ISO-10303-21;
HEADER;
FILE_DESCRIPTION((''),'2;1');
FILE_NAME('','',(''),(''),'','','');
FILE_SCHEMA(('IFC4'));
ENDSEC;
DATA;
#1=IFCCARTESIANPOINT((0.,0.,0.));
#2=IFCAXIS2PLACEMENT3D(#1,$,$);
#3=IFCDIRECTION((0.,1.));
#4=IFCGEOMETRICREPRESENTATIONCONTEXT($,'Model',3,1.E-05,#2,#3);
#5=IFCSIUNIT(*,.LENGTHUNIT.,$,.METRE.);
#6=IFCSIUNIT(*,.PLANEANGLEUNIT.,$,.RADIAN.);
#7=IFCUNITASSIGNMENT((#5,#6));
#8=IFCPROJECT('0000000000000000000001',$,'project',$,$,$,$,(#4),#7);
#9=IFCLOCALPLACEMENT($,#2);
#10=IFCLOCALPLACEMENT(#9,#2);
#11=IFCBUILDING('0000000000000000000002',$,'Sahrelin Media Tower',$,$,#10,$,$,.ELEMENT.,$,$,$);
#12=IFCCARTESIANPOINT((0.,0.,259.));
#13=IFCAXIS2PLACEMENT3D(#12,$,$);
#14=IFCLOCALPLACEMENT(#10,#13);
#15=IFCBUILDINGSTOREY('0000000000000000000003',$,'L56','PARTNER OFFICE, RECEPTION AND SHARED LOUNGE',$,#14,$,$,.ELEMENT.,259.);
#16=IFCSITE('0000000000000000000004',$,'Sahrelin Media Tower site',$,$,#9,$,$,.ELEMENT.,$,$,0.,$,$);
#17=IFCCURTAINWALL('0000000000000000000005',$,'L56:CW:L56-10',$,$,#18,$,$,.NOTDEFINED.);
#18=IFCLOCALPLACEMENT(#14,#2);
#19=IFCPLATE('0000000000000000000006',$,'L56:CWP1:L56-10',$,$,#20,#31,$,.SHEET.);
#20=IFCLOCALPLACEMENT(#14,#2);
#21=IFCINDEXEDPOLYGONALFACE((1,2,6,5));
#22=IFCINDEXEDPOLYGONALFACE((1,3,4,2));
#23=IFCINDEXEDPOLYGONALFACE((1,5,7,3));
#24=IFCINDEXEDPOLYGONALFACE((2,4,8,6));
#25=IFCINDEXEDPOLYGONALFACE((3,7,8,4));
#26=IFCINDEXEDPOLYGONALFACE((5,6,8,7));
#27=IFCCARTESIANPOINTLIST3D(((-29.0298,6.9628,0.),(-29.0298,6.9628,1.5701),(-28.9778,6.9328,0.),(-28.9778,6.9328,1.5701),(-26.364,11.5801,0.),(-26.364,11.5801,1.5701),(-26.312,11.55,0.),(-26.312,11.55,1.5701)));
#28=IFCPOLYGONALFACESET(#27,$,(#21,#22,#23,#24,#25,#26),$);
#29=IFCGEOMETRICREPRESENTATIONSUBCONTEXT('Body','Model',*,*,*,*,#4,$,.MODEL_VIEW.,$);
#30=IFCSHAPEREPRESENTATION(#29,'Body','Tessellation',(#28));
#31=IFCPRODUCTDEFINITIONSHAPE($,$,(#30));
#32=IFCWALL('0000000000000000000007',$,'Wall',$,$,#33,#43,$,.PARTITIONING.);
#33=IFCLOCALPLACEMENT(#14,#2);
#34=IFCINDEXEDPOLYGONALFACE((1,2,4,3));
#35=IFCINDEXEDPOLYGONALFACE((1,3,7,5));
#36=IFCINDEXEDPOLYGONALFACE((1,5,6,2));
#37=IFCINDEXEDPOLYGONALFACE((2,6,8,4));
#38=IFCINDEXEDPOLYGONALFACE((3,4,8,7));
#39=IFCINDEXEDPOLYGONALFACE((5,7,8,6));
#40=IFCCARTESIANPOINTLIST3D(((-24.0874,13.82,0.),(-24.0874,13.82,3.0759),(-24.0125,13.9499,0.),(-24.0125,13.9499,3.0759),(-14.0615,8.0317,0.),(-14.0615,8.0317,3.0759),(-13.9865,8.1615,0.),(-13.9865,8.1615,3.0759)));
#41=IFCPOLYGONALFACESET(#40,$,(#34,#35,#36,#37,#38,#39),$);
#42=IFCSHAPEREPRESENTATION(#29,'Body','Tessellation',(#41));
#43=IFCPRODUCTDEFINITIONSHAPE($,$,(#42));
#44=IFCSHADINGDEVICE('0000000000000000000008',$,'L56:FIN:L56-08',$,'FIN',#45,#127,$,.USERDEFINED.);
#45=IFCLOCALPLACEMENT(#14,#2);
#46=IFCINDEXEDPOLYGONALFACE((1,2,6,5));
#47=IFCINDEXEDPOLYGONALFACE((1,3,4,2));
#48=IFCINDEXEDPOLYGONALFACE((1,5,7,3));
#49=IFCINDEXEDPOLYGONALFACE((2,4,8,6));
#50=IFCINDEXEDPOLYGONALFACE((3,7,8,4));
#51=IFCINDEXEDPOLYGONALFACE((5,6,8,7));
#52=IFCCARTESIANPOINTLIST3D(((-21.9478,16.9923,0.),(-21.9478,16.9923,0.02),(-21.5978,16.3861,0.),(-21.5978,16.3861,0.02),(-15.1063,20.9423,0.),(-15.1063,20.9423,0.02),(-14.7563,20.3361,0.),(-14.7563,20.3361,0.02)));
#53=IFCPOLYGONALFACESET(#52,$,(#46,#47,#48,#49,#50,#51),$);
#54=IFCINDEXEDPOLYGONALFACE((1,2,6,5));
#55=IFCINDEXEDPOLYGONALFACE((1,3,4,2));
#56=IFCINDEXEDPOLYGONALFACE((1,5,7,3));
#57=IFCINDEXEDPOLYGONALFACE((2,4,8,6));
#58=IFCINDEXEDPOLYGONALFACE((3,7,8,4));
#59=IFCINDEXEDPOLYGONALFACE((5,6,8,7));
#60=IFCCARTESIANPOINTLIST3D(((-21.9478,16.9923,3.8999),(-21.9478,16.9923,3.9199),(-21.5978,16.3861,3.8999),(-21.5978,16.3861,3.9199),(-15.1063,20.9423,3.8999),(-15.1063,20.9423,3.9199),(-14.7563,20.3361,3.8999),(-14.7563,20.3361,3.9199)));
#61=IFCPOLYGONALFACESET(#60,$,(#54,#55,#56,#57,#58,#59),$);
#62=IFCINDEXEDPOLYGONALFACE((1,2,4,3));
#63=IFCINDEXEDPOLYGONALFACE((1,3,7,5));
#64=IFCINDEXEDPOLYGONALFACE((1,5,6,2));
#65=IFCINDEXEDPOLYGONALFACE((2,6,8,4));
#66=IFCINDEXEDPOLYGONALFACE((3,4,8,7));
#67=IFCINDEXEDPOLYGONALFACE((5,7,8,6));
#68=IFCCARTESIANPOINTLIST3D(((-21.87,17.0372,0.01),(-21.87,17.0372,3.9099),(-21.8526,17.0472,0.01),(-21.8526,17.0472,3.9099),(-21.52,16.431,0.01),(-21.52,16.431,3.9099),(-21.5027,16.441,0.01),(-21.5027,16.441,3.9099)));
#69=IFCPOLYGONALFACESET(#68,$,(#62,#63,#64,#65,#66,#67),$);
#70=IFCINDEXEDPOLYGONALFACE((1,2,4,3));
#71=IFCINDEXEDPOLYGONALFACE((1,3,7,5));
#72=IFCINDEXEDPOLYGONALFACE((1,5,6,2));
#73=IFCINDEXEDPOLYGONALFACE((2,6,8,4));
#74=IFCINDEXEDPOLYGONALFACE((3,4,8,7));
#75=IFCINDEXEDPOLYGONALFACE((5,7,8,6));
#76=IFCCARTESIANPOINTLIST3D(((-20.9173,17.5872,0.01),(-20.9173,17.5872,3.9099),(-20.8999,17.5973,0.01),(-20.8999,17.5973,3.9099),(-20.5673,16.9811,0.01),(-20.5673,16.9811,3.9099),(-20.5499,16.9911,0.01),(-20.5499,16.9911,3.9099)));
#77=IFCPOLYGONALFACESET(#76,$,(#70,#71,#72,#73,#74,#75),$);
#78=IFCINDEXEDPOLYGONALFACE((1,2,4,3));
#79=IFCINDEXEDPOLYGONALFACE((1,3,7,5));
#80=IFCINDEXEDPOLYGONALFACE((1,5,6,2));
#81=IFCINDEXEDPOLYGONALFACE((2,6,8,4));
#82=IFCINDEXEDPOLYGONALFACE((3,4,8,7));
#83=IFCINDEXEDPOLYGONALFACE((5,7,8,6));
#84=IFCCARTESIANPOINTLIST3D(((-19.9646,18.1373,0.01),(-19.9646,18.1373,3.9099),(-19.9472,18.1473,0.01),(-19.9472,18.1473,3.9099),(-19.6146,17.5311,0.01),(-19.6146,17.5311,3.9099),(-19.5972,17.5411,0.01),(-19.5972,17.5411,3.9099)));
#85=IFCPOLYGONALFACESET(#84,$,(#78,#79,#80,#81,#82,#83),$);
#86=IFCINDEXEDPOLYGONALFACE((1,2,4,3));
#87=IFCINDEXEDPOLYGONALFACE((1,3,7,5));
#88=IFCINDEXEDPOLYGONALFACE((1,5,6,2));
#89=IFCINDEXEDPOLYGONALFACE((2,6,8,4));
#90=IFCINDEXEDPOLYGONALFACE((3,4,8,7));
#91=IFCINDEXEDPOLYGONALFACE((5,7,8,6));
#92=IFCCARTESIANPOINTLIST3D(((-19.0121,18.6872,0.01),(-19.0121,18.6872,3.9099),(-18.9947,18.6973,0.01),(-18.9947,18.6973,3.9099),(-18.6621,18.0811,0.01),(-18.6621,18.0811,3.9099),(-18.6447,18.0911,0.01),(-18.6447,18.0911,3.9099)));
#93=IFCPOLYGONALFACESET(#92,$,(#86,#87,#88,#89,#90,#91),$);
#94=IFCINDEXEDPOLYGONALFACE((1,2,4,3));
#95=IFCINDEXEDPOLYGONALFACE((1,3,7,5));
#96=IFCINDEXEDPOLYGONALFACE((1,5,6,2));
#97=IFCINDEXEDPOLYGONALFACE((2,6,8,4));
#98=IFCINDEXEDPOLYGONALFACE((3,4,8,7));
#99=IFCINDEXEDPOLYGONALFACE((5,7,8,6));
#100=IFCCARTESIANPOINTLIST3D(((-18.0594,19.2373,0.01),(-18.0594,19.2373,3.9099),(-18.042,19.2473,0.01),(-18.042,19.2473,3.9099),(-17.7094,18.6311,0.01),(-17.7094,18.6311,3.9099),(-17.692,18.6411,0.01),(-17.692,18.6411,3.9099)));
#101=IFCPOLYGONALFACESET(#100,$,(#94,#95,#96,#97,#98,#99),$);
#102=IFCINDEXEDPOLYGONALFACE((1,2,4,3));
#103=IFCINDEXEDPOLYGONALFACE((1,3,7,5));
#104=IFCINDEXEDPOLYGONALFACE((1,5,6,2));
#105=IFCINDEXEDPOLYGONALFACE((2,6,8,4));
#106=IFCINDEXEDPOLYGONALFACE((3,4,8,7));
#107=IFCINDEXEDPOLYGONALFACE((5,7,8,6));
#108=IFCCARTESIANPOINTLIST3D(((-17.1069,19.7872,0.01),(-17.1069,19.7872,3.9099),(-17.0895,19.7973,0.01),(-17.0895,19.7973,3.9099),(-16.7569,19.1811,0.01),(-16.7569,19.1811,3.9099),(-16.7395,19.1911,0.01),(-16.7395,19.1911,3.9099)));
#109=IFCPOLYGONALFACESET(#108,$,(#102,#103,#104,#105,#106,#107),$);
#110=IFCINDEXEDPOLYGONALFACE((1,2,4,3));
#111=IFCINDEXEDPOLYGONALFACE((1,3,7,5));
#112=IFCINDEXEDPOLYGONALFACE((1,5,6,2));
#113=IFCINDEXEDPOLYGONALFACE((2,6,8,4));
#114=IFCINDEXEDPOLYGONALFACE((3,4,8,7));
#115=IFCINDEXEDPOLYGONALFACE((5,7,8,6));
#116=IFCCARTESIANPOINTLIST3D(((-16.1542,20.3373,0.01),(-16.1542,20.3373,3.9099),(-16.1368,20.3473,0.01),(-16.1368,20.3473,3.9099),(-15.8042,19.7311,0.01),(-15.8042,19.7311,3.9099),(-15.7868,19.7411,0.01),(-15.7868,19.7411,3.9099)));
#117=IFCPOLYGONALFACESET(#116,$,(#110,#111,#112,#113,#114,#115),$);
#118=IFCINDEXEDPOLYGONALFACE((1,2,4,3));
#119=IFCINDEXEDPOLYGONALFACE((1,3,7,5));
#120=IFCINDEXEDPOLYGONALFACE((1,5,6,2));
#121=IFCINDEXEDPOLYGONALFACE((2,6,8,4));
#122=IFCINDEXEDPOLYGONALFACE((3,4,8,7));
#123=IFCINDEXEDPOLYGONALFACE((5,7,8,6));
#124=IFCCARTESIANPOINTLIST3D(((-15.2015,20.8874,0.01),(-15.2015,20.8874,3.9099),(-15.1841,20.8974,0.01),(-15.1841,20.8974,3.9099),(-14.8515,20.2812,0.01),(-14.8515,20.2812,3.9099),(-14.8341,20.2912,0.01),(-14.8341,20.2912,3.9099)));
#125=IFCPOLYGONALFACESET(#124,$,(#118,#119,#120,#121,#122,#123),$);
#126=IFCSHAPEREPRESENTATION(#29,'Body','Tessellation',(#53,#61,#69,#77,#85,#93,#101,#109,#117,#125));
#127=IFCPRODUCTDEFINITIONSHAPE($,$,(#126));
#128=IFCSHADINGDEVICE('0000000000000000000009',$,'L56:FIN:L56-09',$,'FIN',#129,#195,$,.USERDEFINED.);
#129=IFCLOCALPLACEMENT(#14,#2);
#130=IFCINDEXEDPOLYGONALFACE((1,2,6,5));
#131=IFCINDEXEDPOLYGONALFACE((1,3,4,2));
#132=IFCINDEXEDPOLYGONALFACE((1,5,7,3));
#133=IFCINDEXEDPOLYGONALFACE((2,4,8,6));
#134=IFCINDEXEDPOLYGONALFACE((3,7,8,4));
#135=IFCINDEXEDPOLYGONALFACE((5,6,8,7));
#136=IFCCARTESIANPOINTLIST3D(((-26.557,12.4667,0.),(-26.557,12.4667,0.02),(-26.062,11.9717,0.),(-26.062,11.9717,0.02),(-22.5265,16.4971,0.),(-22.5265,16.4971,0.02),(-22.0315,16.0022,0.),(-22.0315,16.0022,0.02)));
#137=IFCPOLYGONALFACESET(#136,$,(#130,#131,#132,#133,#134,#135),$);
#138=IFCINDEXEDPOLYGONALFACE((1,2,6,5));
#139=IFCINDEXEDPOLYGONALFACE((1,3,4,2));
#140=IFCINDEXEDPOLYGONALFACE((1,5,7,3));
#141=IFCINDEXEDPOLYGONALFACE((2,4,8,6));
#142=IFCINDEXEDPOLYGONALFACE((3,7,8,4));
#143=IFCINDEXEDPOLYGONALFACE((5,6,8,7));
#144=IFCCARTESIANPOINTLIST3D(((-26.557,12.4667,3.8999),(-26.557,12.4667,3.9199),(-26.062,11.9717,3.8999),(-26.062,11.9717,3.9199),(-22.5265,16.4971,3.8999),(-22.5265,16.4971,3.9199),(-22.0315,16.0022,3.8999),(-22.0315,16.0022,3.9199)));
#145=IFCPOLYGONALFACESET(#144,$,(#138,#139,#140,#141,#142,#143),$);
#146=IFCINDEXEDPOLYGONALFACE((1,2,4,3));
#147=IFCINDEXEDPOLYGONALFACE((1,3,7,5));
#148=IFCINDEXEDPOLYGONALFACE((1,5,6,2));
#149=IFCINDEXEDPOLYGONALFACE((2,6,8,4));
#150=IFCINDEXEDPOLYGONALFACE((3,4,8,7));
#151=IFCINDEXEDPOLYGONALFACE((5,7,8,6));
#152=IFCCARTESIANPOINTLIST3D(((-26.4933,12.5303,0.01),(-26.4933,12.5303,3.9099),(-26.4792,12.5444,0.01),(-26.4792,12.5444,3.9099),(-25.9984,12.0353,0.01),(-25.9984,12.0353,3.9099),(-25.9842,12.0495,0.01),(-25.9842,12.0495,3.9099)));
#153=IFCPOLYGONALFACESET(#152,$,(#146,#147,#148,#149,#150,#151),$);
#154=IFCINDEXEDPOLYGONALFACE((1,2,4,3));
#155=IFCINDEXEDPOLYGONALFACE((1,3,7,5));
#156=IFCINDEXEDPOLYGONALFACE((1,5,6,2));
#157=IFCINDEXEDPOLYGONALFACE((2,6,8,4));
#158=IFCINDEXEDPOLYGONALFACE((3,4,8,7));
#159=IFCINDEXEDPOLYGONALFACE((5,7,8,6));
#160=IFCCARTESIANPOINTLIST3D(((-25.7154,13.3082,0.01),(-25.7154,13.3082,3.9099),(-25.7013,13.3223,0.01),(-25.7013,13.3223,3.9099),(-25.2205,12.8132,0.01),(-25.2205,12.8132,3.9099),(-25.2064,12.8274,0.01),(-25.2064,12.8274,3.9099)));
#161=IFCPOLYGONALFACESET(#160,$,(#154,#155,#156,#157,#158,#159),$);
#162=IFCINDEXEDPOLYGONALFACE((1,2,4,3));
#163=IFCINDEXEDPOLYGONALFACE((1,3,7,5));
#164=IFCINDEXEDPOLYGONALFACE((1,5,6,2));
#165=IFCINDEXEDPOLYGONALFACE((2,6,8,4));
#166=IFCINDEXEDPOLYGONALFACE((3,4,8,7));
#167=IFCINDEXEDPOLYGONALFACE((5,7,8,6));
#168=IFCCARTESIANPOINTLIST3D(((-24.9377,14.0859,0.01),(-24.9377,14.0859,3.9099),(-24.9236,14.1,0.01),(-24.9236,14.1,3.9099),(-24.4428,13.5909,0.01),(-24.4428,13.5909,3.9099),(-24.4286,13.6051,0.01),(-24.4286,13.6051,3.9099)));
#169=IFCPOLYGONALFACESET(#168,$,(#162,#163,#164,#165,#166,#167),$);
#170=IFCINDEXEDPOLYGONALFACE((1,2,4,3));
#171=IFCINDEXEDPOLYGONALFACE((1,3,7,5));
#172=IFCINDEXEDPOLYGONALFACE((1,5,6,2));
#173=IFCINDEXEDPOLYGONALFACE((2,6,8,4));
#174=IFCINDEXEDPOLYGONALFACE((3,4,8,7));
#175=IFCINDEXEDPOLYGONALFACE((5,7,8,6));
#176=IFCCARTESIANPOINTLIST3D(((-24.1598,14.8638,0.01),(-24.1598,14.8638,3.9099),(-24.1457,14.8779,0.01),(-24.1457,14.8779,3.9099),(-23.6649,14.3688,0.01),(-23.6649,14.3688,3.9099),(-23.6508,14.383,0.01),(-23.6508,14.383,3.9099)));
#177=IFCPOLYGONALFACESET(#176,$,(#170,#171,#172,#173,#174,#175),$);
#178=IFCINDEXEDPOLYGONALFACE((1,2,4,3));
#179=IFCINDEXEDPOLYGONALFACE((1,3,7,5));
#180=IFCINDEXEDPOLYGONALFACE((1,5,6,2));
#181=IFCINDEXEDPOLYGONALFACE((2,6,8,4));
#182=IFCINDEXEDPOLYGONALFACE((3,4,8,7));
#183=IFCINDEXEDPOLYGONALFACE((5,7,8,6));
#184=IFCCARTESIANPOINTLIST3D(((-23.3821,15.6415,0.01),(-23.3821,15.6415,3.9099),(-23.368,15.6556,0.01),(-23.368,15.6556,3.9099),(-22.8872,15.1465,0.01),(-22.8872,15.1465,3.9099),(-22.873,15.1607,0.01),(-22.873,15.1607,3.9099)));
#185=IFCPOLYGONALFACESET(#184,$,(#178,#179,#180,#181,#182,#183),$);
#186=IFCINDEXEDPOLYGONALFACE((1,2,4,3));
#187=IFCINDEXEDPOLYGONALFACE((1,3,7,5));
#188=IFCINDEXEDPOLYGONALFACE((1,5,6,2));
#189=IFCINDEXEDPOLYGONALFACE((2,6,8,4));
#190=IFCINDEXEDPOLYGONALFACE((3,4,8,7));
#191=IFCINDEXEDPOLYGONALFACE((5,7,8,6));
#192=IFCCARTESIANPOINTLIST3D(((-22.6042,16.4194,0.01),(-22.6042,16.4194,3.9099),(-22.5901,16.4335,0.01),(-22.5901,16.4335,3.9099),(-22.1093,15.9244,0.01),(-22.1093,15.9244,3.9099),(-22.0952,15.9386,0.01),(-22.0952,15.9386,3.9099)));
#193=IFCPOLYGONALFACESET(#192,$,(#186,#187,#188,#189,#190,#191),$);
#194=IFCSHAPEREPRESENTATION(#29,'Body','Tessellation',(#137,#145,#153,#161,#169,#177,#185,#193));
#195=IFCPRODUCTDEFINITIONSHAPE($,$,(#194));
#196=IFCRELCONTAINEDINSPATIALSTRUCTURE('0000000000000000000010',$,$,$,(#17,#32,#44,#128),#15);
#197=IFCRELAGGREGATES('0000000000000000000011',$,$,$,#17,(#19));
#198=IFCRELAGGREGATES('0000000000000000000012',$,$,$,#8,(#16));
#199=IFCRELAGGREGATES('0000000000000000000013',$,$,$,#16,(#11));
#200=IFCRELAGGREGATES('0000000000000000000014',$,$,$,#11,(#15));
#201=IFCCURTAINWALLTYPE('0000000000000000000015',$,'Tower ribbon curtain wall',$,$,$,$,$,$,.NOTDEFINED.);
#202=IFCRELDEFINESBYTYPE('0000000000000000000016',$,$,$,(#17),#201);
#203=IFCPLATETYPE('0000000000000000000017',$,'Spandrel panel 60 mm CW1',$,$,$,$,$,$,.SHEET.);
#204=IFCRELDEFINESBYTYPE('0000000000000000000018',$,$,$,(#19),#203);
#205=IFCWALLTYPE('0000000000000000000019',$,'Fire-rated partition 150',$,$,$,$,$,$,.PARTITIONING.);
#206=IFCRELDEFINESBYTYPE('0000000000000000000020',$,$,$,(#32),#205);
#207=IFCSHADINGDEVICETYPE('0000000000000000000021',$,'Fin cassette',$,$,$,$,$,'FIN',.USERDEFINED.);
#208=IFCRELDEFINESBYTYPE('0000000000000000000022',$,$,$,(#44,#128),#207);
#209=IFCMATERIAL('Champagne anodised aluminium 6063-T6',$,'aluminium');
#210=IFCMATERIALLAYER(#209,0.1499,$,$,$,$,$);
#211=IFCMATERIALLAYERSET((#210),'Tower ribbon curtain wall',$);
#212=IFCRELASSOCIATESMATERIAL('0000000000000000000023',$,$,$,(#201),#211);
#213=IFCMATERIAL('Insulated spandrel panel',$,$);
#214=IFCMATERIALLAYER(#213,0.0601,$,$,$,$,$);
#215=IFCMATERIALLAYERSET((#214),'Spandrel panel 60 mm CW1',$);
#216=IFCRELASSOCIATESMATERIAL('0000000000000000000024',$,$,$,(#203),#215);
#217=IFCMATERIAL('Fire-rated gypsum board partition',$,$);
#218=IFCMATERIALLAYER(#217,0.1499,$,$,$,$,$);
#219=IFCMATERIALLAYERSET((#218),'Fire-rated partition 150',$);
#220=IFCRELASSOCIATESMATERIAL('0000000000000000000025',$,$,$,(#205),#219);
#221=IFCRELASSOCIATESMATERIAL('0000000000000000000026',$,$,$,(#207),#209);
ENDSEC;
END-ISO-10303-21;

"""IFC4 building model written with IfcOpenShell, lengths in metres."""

from ifc_helpers import new_model, si_unit, direction, frame, frame_2d, origin, origin_2d, place, context, subcontext, project, spatial, polyline, rectangle, outline, extrude, material, layer, layer_set, type_object, element, aggregate, save


model = new_model("IFC4")

# Units and contexts
model_context = context("Model", 3, precision=1e-05, world=origin(), true_north=direction((0.0, 1.0)))
body_context = subcontext(model_context, "Body", "Model", "MODEL_VIEW")
ifc_project = project(units=[si_unit("LENGTHUNIT", "METRE"), si_unit("PLANEANGLEUNIT", "RADIAN")], contexts=[model_context])

# Site, building, storey
site_placement = place(None, origin())
site = spatial("IfcSite", under=ifc_project, at=site_placement, Name="Sahrelin Media Tower site", CompositionType="ELEMENT", RefElevation=0.0)
building_placement = place(site_placement, origin())
building = spatial("IfcBuilding", under=site, at=building_placement, Name="Sahrelin Media Tower", CompositionType="ELEMENT")
storey_placement = place(building_placement, frame((0.0, 0.0, 259.0)))
storey = spatial("IfcBuildingStorey", under=building, at=storey_placement, Name="L56", Description="PARTNER OFFICE, RECEPTION AND SHARED LOUNGE", CompositionType="ELEMENT", Elevation=259.0)

# Shared definitions
ifc_material_1 = material(Name="Champagne anodised aluminium 6063-T6", Category="aluminium")
ifc_layer_1 = layer(ifc_material_1, 0.1499)
ifc_layer_set_1 = layer_set([ifc_layer_1], Name="Tower ribbon curtain wall")
curtain_wall_type = type_object("IfcCurtainWallType", Name="Tower ribbon curtain wall", PredefinedType="NOTDEFINED", material=ifc_layer_set_1)

# Curtain wall
curtain_wall_1_placement = place(storey_placement, frame((-27.6797, 9.2615, 0.0), z_axis=(0.0, 0.0, 1.0), x_axis=(1.0, 0.0, 0.0)))
curtain_wall_1 = element("IfcCurtainWall", 1, at=curtain_wall_1_placement, inside=storey, type_object=curtain_wall_type, Name="L56:CW:L56-10", PredefinedType="NOTDEFINED")

# Plate
ifc_material_2 = material(Name="Insulated spandrel panel")
ifc_layer_2 = layer(ifc_material_2, 0.0601)
ifc_layer_set_2 = layer_set([ifc_layer_2], Name="Spandrel panel 60 mm CW1")
plate_type_1 = type_object("IfcPlateType", Name="Spandrel panel 60 mm CW1", PredefinedType="SHEET", material=ifc_layer_set_2)
plate_1_placement = place(storey_placement, frame((-26.364, 11.5801, 0.0), z_axis=(-0.866022, 0.500005, 0.0), x_axis=(-0.500005, -0.866022, 0.0)))
plate_1 = element("IfcPlate", 2, at=plate_1_placement, type_object=plate_type_1, Name="L56:CWP1:L56-10", PredefinedType="SHEET", context=body_context, shape_type="SweptSolid", body=[
    extrude(outline(polyline([(0.0, 0.0), (5.3315, 0.0), (5.3315, 1.5701), (0.0, 1.5701), (0.0, 0.0)])), origin(), (0.0, 0.0, -1.0), 0.0601),
])
aggregate(curtain_wall_1, [plate_1])

# Wall
ifc_material_3 = material(Name="Fire-rated gypsum board partition")
ifc_layer_3 = layer(ifc_material_3, 0.1499)
ifc_layer_set_3 = layer_set([ifc_layer_3], Name="Fire-rated partition 150")
wall_type = type_object("IfcWallType", Name="Fire-rated partition 150", PredefinedType="PARTITIONING", material=ifc_layer_set_3)
wall_placement = place(storey_placement, frame((-24.05, 13.885, 0.0), z_axis=(0.0, 0.0, 1.0), x_axis=(0.86603, -0.499993, 0.0)))
element("IfcWall", 3, at=wall_placement, inside=storey, type_object=wall_type, Name="Wall", PredefinedType="PARTITIONING", context=body_context, shape_type="SweptSolid", body=[
    extrude(rectangle(XDim=11.5769, YDim=0.1499, at=frame_2d((5.7886, 0.0))), origin(), (0.0, 0.0, 1.0), 3.0759),
])

# Shading devices
shading_device_type_1 = type_object("IfcShadingDeviceType", Name="Fin cassette", ElementType="FIN", PredefinedType="USERDEFINED", material=ifc_material_1)
placement_1 = place(storey_placement, frame((-18.1421, 18.3005, 0.0), z_axis=(0.0, 0.0, 1.0), x_axis=(0.866019, 0.500011, 0.0)))
element("IfcShadingDevice", 4, at=placement_1, inside=storey, type_object=shading_device_type_1, Name="L56:FIN:L56-08", ObjectType="FIN", PredefinedType="USERDEFINED", context=body_context, shape_type="SweptSolid", body=[
    extrude(rectangle(XDim=7.8999, YDim=0.7, at=origin_2d()), frame((0.0, 0.4199, 0.0)), (0.0, 0.0, 1.0), 0.02),
    extrude(rectangle(XDim=7.8999, YDim=0.7, at=origin_2d()), frame((0.0, 0.4199, 3.8999)), (0.0, 0.0, 1.0), 0.02),
    extrude(rectangle(XDim=0.02, YDim=0.7, at=origin_2d()), frame((-3.8501, 0.4199, 0.01), z_axis=(0.0, 0.0, 1.0), x_axis=(1.0, 0.0, 0.0)), (0.0, 0.0, 1.0), 3.8999),
    extrude(rectangle(XDim=0.02, YDim=0.7, at=origin_2d()), frame((-2.75, 0.4199, 0.01), z_axis=(0.0, 0.0, 1.0), x_axis=(1.0, 0.0, 0.0)), (0.0, 0.0, 1.0), 3.8999),
    extrude(rectangle(XDim=0.02, YDim=0.7, at=origin_2d()), frame((-1.6499, 0.4199, 0.01), z_axis=(0.0, 0.0, 1.0), x_axis=(1.0, 0.0, 0.0)), (0.0, 0.0, 1.0), 3.8999),
    extrude(rectangle(XDim=0.02, YDim=0.7, at=origin_2d()), frame((-0.55, 0.4199, 0.01), z_axis=(0.0, 0.0, 1.0), x_axis=(1.0, 0.0, 0.0)), (0.0, 0.0, 1.0), 3.8999),
    extrude(rectangle(XDim=0.02, YDim=0.7, at=origin_2d()), frame((0.55, 0.4199, 0.01), z_axis=(0.0, 0.0, 1.0), x_axis=(1.0, 0.0, 0.0)), (0.0, 0.0, 1.0), 3.8999),
    extrude(rectangle(XDim=0.02, YDim=0.7, at=origin_2d()), frame((1.6499, 0.4199, 0.01), z_axis=(0.0, 0.0, 1.0), x_axis=(1.0, 0.0, 0.0)), (0.0, 0.0, 1.0), 3.8999),
    extrude(rectangle(XDim=0.02, YDim=0.7, at=origin_2d()), frame((2.75, 0.4199, 0.01), z_axis=(0.0, 0.0, 1.0), x_axis=(1.0, 0.0, 0.0)), (0.0, 0.0, 1.0), 3.8999),
    extrude(rectangle(XDim=0.02, YDim=0.7, at=origin_2d()), frame((3.8501, 0.4199, 0.01), z_axis=(0.0, 0.0, 1.0), x_axis=(1.0, 0.0, 0.0)), (0.0, 0.0, 1.0), 3.8999),
])
placement_2 = place(storey_placement, frame((-23.9973, 13.9375, 0.0), z_axis=(0.0, 0.0, 1.0), x_axis=(0.707107, 0.707107, 0.0)))
element("IfcShadingDevice", 5, at=placement_2, inside=storey, type_object=shading_device_type_1, Name="L56:FIN:L56-09", ObjectType="FIN", PredefinedType="USERDEFINED", context=body_context, shape_type="SweptSolid", body=[
    extrude(rectangle(XDim=5.7, YDim=0.7, at=origin_2d()), frame((0.0, 0.4199, 0.0)), (0.0, 0.0, 1.0), 0.02),
    extrude(rectangle(XDim=5.7, YDim=0.7, at=origin_2d()), frame((0.0, 0.4199, 3.8999)), (0.0, 0.0, 1.0), 0.02),
    extrude(rectangle(XDim=0.02, YDim=0.7, at=origin_2d()), frame((-2.75, 0.4199, 0.01), z_axis=(0.0, 0.0, 1.0), x_axis=(1.0, 0.0, 0.0)), (0.0, 0.0, 1.0), 3.8999),
    extrude(rectangle(XDim=0.02, YDim=0.7, at=origin_2d()), frame((-1.6499, 0.4199, 0.01), z_axis=(0.0, 0.0, 1.0), x_axis=(1.0, 0.0, 0.0)), (0.0, 0.0, 1.0), 3.8999),
    extrude(rectangle(XDim=0.02, YDim=0.7, at=origin_2d()), frame((-0.55, 0.4199, 0.01), z_axis=(0.0, 0.0, 1.0), x_axis=(1.0, 0.0, 0.0)), (0.0, 0.0, 1.0), 3.8999),
    extrude(rectangle(XDim=0.02, YDim=0.7, at=origin_2d()), frame((0.55, 0.4199, 0.01), z_axis=(0.0, 0.0, 1.0), x_axis=(1.0, 0.0, 0.0)), (0.0, 0.0, 1.0), 3.8999),
    extrude(rectangle(XDim=0.02, YDim=0.7, at=origin_2d()), frame((1.6499, 0.4199, 0.01), z_axis=(0.0, 0.0, 1.0), x_axis=(1.0, 0.0, 0.0)), (0.0, 0.0, 1.0), 3.8999),
    extrude(rectangle(XDim=0.02, YDim=0.7, at=origin_2d()), frame((2.75, 0.4199, 0.01), z_axis=(0.0, 0.0, 1.0), x_axis=(1.0, 0.0, 0.0)), (0.0, 0.0, 1.0), 3.8999),
])

save(model, "model.ifc")
